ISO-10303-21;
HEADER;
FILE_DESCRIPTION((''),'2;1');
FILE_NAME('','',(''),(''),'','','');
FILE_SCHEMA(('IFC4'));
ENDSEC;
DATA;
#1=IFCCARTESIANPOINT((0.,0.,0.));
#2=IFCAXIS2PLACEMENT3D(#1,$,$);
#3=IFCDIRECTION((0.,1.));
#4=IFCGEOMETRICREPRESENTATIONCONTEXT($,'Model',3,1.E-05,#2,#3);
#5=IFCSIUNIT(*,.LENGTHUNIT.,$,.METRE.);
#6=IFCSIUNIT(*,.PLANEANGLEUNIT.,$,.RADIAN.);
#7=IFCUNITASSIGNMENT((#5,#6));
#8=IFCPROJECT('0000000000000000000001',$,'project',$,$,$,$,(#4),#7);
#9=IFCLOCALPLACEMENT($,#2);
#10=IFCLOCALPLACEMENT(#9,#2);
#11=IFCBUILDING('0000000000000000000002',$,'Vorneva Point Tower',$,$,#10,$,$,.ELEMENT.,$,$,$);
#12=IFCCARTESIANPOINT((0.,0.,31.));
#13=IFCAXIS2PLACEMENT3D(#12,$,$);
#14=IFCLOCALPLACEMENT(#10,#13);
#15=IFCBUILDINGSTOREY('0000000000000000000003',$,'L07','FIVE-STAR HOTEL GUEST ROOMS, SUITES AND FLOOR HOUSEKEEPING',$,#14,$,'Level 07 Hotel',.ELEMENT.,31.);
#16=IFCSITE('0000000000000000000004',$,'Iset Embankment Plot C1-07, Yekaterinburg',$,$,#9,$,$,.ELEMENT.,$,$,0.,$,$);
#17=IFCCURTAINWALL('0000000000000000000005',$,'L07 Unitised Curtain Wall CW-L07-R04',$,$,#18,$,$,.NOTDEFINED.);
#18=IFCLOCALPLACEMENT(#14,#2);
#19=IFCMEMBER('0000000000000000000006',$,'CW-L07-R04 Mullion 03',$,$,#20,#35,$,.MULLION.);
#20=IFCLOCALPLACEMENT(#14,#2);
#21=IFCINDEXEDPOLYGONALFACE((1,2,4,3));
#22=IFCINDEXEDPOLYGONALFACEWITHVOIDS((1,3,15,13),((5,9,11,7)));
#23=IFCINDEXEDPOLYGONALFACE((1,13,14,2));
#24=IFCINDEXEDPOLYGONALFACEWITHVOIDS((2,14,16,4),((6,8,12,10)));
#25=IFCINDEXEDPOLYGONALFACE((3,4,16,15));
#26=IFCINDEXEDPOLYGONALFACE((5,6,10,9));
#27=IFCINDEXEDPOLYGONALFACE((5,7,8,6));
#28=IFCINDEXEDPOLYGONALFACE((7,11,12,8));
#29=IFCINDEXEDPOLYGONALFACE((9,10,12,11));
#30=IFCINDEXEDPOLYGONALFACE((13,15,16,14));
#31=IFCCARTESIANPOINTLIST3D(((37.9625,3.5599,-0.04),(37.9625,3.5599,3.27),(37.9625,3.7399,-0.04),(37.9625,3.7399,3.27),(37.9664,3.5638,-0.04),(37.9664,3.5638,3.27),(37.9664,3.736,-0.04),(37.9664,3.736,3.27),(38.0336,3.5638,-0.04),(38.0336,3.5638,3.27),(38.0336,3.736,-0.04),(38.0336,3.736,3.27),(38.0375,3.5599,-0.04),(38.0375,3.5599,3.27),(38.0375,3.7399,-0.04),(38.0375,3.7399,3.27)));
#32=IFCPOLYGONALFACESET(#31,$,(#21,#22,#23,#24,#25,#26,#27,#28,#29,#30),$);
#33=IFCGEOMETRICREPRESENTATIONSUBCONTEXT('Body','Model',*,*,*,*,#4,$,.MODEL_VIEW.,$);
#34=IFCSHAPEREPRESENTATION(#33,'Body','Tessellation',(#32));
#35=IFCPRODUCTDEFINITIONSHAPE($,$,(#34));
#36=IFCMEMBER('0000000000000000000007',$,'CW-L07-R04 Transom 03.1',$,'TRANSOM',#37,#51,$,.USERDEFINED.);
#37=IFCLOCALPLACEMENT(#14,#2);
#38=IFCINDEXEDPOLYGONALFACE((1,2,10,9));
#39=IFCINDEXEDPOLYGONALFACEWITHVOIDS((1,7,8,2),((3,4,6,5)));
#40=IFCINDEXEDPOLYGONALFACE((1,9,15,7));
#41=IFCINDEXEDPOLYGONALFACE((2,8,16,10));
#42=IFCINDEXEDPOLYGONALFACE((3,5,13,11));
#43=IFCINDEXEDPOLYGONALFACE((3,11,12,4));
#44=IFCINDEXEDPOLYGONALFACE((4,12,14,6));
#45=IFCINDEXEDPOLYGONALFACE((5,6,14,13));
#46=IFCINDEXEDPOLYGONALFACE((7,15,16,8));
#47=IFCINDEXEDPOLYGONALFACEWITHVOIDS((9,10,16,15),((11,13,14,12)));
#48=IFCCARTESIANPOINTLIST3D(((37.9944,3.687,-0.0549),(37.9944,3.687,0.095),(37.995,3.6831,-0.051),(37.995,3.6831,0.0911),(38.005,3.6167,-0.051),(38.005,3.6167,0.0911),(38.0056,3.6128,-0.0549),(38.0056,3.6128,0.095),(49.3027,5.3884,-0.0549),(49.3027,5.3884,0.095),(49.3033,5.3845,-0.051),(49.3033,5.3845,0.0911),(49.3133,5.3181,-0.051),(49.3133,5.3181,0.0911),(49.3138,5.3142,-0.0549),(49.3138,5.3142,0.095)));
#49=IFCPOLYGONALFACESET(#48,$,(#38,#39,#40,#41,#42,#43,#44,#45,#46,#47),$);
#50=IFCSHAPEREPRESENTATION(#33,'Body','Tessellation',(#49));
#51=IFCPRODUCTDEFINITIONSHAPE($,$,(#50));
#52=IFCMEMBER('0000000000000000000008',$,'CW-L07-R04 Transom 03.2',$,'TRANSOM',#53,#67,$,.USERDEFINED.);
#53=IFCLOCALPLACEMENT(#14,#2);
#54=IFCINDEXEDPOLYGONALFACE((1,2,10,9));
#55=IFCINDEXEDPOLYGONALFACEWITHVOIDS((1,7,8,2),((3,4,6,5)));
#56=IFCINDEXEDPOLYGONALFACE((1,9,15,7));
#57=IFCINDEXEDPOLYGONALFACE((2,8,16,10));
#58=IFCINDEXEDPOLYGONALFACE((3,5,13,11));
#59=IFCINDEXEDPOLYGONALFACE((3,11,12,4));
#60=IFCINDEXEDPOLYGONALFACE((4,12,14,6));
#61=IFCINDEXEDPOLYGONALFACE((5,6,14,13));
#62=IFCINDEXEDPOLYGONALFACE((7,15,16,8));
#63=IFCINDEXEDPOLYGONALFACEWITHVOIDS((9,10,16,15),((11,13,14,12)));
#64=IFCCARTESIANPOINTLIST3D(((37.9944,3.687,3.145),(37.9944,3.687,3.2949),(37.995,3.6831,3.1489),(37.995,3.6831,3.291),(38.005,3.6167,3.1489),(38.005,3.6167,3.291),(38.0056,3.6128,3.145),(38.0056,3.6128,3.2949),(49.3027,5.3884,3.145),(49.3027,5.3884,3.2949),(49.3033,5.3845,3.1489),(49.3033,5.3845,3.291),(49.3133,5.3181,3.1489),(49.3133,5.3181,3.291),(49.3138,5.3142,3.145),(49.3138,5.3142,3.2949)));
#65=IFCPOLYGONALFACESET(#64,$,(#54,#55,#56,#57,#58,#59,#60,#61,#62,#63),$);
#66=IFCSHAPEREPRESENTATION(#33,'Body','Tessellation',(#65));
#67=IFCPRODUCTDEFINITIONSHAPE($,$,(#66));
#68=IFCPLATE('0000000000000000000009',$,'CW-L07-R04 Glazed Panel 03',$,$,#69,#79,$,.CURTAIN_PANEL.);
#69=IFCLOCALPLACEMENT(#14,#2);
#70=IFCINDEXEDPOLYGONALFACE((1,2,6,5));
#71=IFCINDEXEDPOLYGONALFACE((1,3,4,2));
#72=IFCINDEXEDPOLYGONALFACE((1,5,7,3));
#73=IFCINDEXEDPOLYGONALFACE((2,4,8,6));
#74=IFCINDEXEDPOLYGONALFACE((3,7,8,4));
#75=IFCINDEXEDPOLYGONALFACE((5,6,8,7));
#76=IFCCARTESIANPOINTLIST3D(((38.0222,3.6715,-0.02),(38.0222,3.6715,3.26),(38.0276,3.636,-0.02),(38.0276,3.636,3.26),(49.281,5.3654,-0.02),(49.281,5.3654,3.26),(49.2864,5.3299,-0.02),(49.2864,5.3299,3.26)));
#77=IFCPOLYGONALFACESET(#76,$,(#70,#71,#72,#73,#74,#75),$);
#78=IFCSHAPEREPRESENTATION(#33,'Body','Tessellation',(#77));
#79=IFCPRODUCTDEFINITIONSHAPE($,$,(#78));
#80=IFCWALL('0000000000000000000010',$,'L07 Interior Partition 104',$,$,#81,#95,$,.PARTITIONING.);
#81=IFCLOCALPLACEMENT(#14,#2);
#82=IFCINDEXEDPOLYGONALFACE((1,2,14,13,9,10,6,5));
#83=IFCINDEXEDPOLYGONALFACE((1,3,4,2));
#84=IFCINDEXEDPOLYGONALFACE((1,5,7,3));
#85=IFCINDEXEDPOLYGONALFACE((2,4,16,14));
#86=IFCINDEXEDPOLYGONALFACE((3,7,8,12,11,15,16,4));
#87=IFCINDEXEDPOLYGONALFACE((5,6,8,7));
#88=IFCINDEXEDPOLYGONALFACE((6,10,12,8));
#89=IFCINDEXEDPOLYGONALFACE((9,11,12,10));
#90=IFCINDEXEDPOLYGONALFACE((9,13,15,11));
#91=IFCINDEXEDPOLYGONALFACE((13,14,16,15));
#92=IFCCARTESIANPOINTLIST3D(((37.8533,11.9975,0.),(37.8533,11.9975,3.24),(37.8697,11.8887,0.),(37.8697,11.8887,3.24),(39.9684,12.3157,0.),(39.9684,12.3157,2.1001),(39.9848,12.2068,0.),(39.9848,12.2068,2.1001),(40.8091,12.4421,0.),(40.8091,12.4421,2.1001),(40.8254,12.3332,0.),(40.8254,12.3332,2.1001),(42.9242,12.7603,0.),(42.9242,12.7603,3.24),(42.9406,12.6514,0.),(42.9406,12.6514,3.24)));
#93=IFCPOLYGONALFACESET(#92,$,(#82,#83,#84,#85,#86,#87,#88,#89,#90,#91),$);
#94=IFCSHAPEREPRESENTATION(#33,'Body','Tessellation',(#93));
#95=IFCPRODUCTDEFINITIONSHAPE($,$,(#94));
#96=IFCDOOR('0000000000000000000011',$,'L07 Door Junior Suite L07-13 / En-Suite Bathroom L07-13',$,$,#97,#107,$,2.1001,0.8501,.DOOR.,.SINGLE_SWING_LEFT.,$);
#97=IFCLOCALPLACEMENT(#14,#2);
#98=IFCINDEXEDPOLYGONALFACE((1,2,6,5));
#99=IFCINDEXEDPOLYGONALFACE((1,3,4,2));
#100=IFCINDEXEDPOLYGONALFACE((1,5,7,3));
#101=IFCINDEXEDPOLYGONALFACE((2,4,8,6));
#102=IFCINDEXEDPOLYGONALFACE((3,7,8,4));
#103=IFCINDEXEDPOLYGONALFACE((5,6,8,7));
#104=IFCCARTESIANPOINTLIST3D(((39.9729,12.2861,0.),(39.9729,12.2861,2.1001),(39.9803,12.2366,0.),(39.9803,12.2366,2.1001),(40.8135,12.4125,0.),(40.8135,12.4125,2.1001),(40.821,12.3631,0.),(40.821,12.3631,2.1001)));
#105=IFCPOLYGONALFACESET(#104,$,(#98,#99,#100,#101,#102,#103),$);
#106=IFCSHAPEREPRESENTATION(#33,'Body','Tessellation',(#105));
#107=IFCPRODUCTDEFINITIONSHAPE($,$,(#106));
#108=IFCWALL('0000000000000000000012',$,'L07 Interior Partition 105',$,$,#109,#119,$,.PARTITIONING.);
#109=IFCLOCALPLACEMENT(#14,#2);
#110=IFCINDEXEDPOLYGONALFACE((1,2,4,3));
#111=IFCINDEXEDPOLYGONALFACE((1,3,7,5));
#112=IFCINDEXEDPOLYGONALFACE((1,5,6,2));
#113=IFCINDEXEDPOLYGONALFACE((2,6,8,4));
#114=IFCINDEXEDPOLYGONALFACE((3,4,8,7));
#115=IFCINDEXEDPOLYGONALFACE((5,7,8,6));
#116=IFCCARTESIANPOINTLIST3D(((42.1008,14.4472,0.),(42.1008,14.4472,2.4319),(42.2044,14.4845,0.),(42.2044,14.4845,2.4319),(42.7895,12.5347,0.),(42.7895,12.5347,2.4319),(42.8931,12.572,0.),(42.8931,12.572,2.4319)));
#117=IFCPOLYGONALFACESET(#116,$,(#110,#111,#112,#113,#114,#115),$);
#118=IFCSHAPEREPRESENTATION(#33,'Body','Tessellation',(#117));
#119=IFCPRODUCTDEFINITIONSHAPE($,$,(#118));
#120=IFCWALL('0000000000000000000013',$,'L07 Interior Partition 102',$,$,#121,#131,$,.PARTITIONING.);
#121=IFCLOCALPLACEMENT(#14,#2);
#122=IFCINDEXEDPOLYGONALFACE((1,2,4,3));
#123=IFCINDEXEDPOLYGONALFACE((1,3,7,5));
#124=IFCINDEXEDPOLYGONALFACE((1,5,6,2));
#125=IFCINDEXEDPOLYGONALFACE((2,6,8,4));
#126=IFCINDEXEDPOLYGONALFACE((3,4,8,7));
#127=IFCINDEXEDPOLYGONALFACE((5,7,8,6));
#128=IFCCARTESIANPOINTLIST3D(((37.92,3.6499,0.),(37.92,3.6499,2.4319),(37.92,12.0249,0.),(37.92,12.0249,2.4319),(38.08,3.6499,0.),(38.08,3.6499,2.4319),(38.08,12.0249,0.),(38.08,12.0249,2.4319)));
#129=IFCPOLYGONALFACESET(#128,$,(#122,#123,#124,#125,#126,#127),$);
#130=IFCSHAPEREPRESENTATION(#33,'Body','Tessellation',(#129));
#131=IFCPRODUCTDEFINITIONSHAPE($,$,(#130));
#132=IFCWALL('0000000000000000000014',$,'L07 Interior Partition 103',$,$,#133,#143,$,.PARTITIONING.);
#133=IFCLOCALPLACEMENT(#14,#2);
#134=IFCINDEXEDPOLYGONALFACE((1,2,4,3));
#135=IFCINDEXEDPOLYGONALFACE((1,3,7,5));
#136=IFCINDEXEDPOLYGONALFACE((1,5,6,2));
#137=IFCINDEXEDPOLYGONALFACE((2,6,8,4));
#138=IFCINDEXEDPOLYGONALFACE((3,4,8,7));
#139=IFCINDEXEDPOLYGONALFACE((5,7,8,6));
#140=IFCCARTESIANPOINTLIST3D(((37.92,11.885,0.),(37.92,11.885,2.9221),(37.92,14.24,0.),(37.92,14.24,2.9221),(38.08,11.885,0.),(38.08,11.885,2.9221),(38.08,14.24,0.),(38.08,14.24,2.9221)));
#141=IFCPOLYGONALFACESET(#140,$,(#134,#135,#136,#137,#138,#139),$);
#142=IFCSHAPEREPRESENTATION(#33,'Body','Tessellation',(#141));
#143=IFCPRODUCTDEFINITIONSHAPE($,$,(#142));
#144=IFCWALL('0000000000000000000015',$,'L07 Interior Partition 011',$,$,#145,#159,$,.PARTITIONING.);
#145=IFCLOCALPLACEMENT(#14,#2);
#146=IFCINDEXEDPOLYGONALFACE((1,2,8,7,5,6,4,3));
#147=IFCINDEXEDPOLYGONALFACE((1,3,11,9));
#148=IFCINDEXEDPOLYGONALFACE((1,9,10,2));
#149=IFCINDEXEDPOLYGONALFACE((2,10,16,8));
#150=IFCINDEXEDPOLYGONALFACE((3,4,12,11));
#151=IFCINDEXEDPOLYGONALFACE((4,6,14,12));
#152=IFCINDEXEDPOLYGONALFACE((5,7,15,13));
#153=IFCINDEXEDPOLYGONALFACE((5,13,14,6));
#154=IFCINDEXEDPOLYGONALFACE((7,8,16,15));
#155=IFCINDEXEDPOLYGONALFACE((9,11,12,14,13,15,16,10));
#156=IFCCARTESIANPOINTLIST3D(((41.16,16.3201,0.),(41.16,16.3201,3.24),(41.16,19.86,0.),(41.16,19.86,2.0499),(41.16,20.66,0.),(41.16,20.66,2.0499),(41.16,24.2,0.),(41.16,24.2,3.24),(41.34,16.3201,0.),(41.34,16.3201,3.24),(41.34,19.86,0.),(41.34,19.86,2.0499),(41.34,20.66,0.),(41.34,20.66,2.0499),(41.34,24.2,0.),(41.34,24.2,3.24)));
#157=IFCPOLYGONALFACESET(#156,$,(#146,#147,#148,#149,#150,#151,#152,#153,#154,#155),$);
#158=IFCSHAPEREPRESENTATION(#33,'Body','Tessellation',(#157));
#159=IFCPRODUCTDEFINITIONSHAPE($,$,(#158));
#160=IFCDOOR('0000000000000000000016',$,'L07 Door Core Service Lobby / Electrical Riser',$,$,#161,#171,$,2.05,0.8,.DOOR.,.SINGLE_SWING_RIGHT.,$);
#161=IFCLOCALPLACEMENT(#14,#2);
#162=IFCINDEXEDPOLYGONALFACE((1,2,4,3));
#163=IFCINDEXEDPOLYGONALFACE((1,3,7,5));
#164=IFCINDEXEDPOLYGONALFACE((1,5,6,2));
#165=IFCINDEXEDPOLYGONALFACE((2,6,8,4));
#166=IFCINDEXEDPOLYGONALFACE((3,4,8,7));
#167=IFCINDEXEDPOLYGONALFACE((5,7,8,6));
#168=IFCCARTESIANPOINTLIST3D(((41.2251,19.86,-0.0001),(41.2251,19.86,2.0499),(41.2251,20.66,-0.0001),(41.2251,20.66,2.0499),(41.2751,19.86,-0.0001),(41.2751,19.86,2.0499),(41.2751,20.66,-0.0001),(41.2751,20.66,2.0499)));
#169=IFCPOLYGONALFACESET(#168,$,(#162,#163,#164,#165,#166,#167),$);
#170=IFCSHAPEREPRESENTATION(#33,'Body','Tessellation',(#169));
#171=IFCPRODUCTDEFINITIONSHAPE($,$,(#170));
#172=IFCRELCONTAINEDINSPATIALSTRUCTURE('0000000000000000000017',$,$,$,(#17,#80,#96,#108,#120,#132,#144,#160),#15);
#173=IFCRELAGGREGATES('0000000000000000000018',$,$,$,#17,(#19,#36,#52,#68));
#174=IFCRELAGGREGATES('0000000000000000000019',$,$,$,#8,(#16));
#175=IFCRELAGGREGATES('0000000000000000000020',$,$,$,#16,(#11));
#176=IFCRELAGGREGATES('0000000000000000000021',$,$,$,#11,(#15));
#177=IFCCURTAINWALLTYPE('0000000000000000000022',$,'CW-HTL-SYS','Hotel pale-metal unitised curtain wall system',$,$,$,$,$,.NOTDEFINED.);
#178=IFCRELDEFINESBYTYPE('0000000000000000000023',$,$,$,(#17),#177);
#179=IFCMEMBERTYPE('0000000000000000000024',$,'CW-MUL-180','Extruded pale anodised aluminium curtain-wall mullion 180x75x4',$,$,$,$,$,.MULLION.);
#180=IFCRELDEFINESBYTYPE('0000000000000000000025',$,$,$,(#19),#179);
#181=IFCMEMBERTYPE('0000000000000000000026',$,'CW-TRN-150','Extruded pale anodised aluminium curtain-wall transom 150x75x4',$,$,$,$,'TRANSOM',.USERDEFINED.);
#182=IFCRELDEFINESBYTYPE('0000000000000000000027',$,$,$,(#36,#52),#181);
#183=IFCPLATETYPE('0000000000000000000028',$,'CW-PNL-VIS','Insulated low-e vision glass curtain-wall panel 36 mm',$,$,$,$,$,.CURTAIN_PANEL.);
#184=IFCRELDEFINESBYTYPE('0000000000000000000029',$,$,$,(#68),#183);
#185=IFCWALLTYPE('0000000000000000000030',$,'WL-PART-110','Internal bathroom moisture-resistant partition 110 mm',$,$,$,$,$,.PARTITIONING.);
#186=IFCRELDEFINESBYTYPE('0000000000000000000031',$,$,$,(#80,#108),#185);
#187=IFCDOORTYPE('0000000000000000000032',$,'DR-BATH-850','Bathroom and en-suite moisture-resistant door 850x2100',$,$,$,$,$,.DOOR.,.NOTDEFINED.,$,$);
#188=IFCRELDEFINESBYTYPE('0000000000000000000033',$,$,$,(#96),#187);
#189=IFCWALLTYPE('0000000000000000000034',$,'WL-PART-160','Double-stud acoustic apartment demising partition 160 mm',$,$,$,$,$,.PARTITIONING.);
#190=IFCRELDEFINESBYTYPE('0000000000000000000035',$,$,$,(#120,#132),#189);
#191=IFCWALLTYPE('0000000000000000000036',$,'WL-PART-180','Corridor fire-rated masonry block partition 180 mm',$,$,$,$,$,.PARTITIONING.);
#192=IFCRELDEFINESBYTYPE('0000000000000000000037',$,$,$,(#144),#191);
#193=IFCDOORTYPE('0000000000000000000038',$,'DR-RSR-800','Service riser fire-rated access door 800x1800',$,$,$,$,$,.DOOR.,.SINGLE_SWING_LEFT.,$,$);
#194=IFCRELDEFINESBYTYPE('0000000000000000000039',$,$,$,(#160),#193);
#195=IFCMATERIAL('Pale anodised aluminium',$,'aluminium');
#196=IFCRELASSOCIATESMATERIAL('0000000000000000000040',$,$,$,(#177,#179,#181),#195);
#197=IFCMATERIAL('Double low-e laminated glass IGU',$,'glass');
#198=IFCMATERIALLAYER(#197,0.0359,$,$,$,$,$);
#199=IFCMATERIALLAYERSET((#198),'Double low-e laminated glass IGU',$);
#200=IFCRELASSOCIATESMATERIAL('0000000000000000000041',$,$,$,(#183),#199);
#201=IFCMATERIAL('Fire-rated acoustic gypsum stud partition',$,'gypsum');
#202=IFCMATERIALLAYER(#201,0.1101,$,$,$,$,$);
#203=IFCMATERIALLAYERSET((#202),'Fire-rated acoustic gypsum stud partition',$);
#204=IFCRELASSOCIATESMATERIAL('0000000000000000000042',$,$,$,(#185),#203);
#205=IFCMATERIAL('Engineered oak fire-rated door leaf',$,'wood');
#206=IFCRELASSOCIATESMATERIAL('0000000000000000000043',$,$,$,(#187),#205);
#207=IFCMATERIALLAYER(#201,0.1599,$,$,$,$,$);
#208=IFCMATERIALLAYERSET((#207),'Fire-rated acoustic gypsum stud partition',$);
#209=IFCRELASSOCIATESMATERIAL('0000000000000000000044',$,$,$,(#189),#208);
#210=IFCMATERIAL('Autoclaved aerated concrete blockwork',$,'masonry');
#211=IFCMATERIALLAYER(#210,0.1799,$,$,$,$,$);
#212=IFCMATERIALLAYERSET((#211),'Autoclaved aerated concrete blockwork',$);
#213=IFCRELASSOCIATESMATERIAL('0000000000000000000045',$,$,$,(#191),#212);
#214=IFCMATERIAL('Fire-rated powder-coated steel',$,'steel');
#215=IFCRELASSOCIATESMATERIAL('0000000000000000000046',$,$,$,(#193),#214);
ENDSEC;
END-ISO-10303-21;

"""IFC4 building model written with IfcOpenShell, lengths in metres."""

from ifc_helpers import new_model, si_unit, direction, frame, frame_2d, origin, origin_2d, place, context, subcontext, project, spatial, rectangle, hollow_rectangle, extrude, material, layer, layer_set, material_profile, profile_set, type_object, element, fill, aggregate, save


model = new_model("IFC4")

# Units and contexts
model_context = context("Model", 3, precision=1e-05, world=origin(), true_north=direction((0.0, 1.0)))
body_context = subcontext(model_context, "Body", "Model", "MODEL_VIEW")
ifc_project = project(units=[si_unit("LENGTHUNIT", "METRE"), si_unit("PLANEANGLEUNIT", "RADIAN")], contexts=[model_context])

# Site, building, storey
site_placement = place(None, origin())
site = spatial("IfcSite", under=ifc_project, at=site_placement, Name="Iset Embankment Plot C1-07, Yekaterinburg", CompositionType="ELEMENT", RefElevation=0.0)
building_placement = place(site_placement, origin())
building = spatial("IfcBuilding", under=site, at=building_placement, Name="Vorneva Point Tower", CompositionType="ELEMENT")
storey_placement = place(building_placement, frame((0.0, 0.0, 31.0)))
storey = spatial("IfcBuildingStorey", under=building, at=storey_placement, Name="L07", Description="FIVE-STAR HOTEL GUEST ROOMS, SUITES AND FLOOR HOUSEKEEPING", LongName="Level 07 Hotel", CompositionType="ELEMENT", Elevation=31.0)

# Curtain wall, members, plate
ifc_material_1 = material(Name="Pale anodised aluminium", Category="aluminium")
curtain_wall_type = type_object("IfcCurtainWallType", Name="CW-HTL-SYS", Description="Hotel pale-metal unitised curtain wall system", PredefinedType="NOTDEFINED", material=ifc_material_1)
curtain_wall_placement = place(storey_placement, origin())
curtain_wall = element("IfcCurtainWall", 1, at=curtain_wall_placement, inside=storey, type_object=curtain_wall_type, Name="L07 Unitised Curtain Wall CW-L07-R04", PredefinedType="NOTDEFINED")
ifc_material_profile_1 = material_profile(ifc_material_1, hollow_rectangle(XDim=0.075, YDim=0.1799, WallThickness=0.0039, at=origin_2d()), Name="AL-MUL 180x75x4")
ifc_profile_set_1 = profile_set([ifc_material_profile_1], Name="Pale anodised aluminium")
member_type_1 = type_object("IfcMemberType", Name="CW-MUL-180", Description="Extruded pale anodised aluminium curtain-wall mullion 180x75x4", PredefinedType="MULLION", material=ifc_profile_set_1)
member_1_placement = place(storey_placement, frame((38.0, 3.6499, -0.04), z_axis=(0.0, 0.0, 1.0), x_axis=(1.0, 0.0, 0.0)))
member_1 = element("IfcMember", 2, at=member_1_placement, type_object=member_type_1, Name="CW-L07-R04 Mullion 03", PredefinedType="MULLION", context=body_context, shape_type="SweptSolid", body=[
    extrude(hollow_rectangle(XDim=0.075, YDim=0.1799, WallThickness=0.0039, at=origin_2d()), origin(), (0.0, 0.0, 1.0), 3.3101),
])
ifc_material_profile_2 = material_profile(ifc_material_1, hollow_rectangle(XDim=0.075, YDim=0.1499, WallThickness=0.0039, at=origin_2d()), Name="AL-TRN 150x75x4")
ifc_profile_set_2 = profile_set([ifc_material_profile_2], Name="Pale anodised aluminium")
member_type_2 = type_object("IfcMemberType", Name="CW-TRN-150", Description="Extruded pale anodised aluminium curtain-wall transom 150x75x4", ElementType="TRANSOM", PredefinedType="USERDEFINED", material=ifc_profile_set_2)
member_2_placement = place(storey_placement, frame((38.0, 3.6499, 0.02), z_axis=(0.98887, 0.148782, 0.0), x_axis=(-0.148782, 0.98887, 0.0)))
member_2 = element("IfcMember", 3, at=member_2_placement, type_object=member_type_2, Name="CW-L07-R04 Transom 03.1", ObjectType="TRANSOM", PredefinedType="USERDEFINED", context=body_context, shape_type="SweptSolid", body=[
    extrude(hollow_rectangle(XDim=0.075, YDim=0.1499, WallThickness=0.0039, at=origin_2d()), origin(), (0.0, 0.0, 1.0), 11.4355),
])
member_3_placement = place(storey_placement, frame((38.0, 3.6499, 3.22), z_axis=(0.98887, 0.148782, 0.0), x_axis=(-0.148782, 0.98887, 0.0)))
member_3 = element("IfcMember", 4, at=member_3_placement, type_object=member_type_2, Name="CW-L07-R04 Transom 03.2", ObjectType="TRANSOM", PredefinedType="USERDEFINED", context=body_context, shape_type="SweptSolid", body=[
    extrude(hollow_rectangle(XDim=0.075, YDim=0.1499, WallThickness=0.0039, at=origin_2d()), origin(), (0.0, 0.0, 1.0), 11.4355),
])
ifc_material_2 = material(Name="Double low-e laminated glass IGU", Category="glass")
ifc_layer_1 = layer(ifc_material_2, 0.0359)
ifc_layer_set_1 = layer_set([ifc_layer_1], Name="Double low-e laminated glass IGU")
plate_type = type_object("IfcPlateType", Name="CW-PNL-VIS", Description="Insulated low-e vision glass curtain-wall panel 36 mm", PredefinedType="CURTAIN_PANEL", material=ifc_layer_set_1)
plate_placement = place(storey_placement, frame((43.6543, 4.5007, -0.02), z_axis=(0.0, 0.0, 1.0), x_axis=(0.988871, 0.148776, 0.0)))
plate = element("IfcPlate", 5, at=plate_placement, type_object=plate_type, Name="CW-L07-R04 Glazed Panel 03", PredefinedType="CURTAIN_PANEL", context=body_context, shape_type="SweptSolid", body=[
    extrude(rectangle(XDim=11.3855, YDim=0.0359, at=origin_2d()), origin(), (0.0, 0.0, 1.0), 3.28),
])
aggregate(curtain_wall, [member_1, member_2, member_3, plate])

# Wall, opening, door
ifc_material_3 = material(Name="Fire-rated acoustic gypsum stud partition", Category="gypsum")
ifc_layer_2 = layer(ifc_material_3, 0.1101)
ifc_layer_set_2 = layer_set([ifc_layer_2], Name="Fire-rated acoustic gypsum stud partition")
wall_type_1 = type_object("IfcWallType", Name="WL-PART-110", Description="Internal bathroom moisture-resistant partition 110 mm", PredefinedType="PARTITIONING", material=ifc_layer_set_2)
wall_1_placement = place(storey_placement, frame((42.9324, 12.7058, 0.0), z_axis=(0.0, 0.0, 1.0), x_axis=(-0.988877, -0.148736, 0.0)))
wall_1 = element("IfcWall", 6, at=wall_1_placement, inside=storey, type_object=wall_type_1, Name="L07 Interior Partition 104", PredefinedType="PARTITIONING", context=body_context, shape_type="SweptSolid", body=[
    extrude(rectangle(XDim=5.1279, YDim=0.1101, at=frame_2d((2.564, 0.0))), origin(), (0.0, 0.0, 1.0), 3.24),
])
opening_1_placement = place(wall_1_placement, frame((2.1389, 0.0, 0.0)))
opening_1 = element("IfcOpeningElement", 7, at=opening_1_placement, cuts=wall_1, PredefinedType="OPENING", context=body_context, shape_type="SweptSolid", body=[
    extrude(rectangle(XDim=0.8501, YDim=2.1001, at=frame_2d((0.425, 1.05))), frame((0.0, 0.0698, 0.0), z_axis=(0.0, -1.0, 0.0), x_axis=(1.0, 0.0, 0.0)), (0.0, 0.0, 1.0), 0.1399),
])
ifc_material_4 = material(Name="Engineered oak fire-rated door leaf", Category="wood")
door_type_1 = type_object("IfcDoorType", Name="DR-BATH-850", Description="Bathroom and en-suite moisture-resistant door 850x2100", OperationType="NOTDEFINED", PredefinedType="DOOR", material=ifc_material_4)
door_1_placement = place(opening_1_placement, origin())
door_1 = element("IfcDoor", 8, at=door_1_placement, inside=storey, type_object=door_type_1, Name="L07 Door Junior Suite L07-13 / En-Suite Bathroom L07-13", OperationType="SINGLE_SWING_LEFT", OverallHeight=2.1001, OverallWidth=0.8501, PredefinedType="DOOR", context=body_context, shape_type="SweptSolid", body=[
    extrude(rectangle(XDim=0.8501, YDim=2.1001, at=frame_2d((0.425, 1.05))), frame((0.0, 0.0249, 0.0), z_axis=(0.0, -1.0, 0.0), x_axis=(1.0, 0.0, 0.0)), (0.0, 0.0, 1.0), 0.05),
])
fill(opening_1, door_1)

# Walls
wall_2_placement = place(storey_placement, frame((42.1526, 14.4658, 0.0), z_axis=(0.0, 0.0, 1.0), x_axis=(0.3388, -0.940858, 0.0)))
element("IfcWall", 9, at=wall_2_placement, inside=storey, type_object=wall_type_1, Name="L07 Interior Partition 105", PredefinedType="PARTITIONING", context=body_context, shape_type="SweptSolid", body=[
    extrude(rectangle(XDim=2.0327, YDim=0.1101, at=frame_2d((1.0164, 0.0))), origin(), (0.0, 0.0, 1.0), 2.4319),
])
ifc_layer_3 = layer(ifc_material_3, 0.1599)
ifc_layer_set_3 = layer_set([ifc_layer_3], Name="Fire-rated acoustic gypsum stud partition")
wall_type_2 = type_object("IfcWallType", Name="WL-PART-160", Description="Double-stud acoustic apartment demising partition 160 mm", PredefinedType="PARTITIONING", material=ifc_layer_set_3)
wall_3_placement = place(storey_placement, frame((38.0, 3.6499, 0.0), z_axis=(0.0, 0.0, 1.0), x_axis=(0.0, 1.0, 0.0)))
element("IfcWall", 10, at=wall_3_placement, inside=storey, type_object=wall_type_2, Name="L07 Interior Partition 102", PredefinedType="PARTITIONING", context=body_context, shape_type="SweptSolid", body=[
    extrude(rectangle(XDim=8.375, YDim=0.1599, at=frame_2d((4.1875, 0.0))), origin(), (0.0, 0.0, 1.0), 2.4319),
])
wall_4_placement = place(storey_placement, frame((38.0, 11.885, 0.0), z_axis=(0.0, 0.0, 1.0), x_axis=(0.0, 1.0, 0.0)))
element("IfcWall", 11, at=wall_4_placement, inside=storey, type_object=wall_type_2, Name="L07 Interior Partition 103", PredefinedType="PARTITIONING", context=body_context, shape_type="SweptSolid", body=[
    extrude(rectangle(XDim=2.355, YDim=0.1599, at=frame_2d((1.1775, 0.0))), origin(), (0.0, 0.0, 1.0), 2.9221),
])

# Wall, opening, door
ifc_material_5 = material(Name="Autoclaved aerated concrete blockwork", Category="masonry")
ifc_layer_4 = layer(ifc_material_5, 0.1799)
ifc_layer_set_4 = layer_set([ifc_layer_4], Name="Autoclaved aerated concrete blockwork")
wall_type_3 = type_object("IfcWallType", Name="WL-PART-180", Description="Corridor fire-rated masonry block partition 180 mm", PredefinedType="PARTITIONING", material=ifc_layer_set_4)
wall_5_placement = place(storey_placement, frame((41.25, 16.3201, 0.0), z_axis=(0.0, 0.0, 1.0), x_axis=(0.0, 1.0, 0.0)))
wall_5 = element("IfcWall", 12, at=wall_5_placement, inside=storey, type_object=wall_type_3, Name="L07 Interior Partition 011", PredefinedType="PARTITIONING", context=body_context, shape_type="SweptSolid", body=[
    extrude(rectangle(XDim=7.8799, YDim=0.1799, at=frame_2d((3.9399, 0.0))), origin(), (0.0, 0.0, 1.0), 3.24),
])
opening_2_placement = place(wall_5_placement, frame((3.54, 0.0, 0.0)))
opening_2 = element("IfcOpeningElement", 13, at=opening_2_placement, cuts=wall_5, PredefinedType="OPENING", context=body_context, shape_type="SweptSolid", body=[
    extrude(rectangle(XDim=0.8, YDim=2.05, at=frame_2d((0.3999, 1.0249))), frame((0.0, 0.105, 0.0), z_axis=(0.0, -1.0, 0.0), x_axis=(1.0, 0.0, 0.0)), (0.0, 0.0, 1.0), 0.2097),
])
ifc_material_6 = material(Name="Fire-rated powder-coated steel", Category="steel")
door_type_2 = type_object("IfcDoorType", Name="DR-RSR-800", Description="Service riser fire-rated access door 800x1800", OperationType="SINGLE_SWING_LEFT", PredefinedType="DOOR", material=ifc_material_6)
door_2_placement = place(opening_2_placement, origin())
door_2 = element("IfcDoor", 14, at=door_2_placement, inside=storey, type_object=door_type_2, Name="L07 Door Core Service Lobby / Electrical Riser", OperationType="SINGLE_SWING_RIGHT", OverallHeight=2.05, OverallWidth=0.8, PredefinedType="DOOR", context=body_context, shape_type="SweptSolid", body=[
    extrude(rectangle(XDim=0.8, YDim=2.05, at=frame_2d((0.3999, 1.0249))), frame((0.0, 0.0249, 0.0), z_axis=(0.0, -1.0, 0.0), x_axis=(1.0, 0.0, 0.0)), (0.0, 0.0, 1.0), 0.05),
])
fill(opening_2, door_2)

save(model, "model.ifc")
